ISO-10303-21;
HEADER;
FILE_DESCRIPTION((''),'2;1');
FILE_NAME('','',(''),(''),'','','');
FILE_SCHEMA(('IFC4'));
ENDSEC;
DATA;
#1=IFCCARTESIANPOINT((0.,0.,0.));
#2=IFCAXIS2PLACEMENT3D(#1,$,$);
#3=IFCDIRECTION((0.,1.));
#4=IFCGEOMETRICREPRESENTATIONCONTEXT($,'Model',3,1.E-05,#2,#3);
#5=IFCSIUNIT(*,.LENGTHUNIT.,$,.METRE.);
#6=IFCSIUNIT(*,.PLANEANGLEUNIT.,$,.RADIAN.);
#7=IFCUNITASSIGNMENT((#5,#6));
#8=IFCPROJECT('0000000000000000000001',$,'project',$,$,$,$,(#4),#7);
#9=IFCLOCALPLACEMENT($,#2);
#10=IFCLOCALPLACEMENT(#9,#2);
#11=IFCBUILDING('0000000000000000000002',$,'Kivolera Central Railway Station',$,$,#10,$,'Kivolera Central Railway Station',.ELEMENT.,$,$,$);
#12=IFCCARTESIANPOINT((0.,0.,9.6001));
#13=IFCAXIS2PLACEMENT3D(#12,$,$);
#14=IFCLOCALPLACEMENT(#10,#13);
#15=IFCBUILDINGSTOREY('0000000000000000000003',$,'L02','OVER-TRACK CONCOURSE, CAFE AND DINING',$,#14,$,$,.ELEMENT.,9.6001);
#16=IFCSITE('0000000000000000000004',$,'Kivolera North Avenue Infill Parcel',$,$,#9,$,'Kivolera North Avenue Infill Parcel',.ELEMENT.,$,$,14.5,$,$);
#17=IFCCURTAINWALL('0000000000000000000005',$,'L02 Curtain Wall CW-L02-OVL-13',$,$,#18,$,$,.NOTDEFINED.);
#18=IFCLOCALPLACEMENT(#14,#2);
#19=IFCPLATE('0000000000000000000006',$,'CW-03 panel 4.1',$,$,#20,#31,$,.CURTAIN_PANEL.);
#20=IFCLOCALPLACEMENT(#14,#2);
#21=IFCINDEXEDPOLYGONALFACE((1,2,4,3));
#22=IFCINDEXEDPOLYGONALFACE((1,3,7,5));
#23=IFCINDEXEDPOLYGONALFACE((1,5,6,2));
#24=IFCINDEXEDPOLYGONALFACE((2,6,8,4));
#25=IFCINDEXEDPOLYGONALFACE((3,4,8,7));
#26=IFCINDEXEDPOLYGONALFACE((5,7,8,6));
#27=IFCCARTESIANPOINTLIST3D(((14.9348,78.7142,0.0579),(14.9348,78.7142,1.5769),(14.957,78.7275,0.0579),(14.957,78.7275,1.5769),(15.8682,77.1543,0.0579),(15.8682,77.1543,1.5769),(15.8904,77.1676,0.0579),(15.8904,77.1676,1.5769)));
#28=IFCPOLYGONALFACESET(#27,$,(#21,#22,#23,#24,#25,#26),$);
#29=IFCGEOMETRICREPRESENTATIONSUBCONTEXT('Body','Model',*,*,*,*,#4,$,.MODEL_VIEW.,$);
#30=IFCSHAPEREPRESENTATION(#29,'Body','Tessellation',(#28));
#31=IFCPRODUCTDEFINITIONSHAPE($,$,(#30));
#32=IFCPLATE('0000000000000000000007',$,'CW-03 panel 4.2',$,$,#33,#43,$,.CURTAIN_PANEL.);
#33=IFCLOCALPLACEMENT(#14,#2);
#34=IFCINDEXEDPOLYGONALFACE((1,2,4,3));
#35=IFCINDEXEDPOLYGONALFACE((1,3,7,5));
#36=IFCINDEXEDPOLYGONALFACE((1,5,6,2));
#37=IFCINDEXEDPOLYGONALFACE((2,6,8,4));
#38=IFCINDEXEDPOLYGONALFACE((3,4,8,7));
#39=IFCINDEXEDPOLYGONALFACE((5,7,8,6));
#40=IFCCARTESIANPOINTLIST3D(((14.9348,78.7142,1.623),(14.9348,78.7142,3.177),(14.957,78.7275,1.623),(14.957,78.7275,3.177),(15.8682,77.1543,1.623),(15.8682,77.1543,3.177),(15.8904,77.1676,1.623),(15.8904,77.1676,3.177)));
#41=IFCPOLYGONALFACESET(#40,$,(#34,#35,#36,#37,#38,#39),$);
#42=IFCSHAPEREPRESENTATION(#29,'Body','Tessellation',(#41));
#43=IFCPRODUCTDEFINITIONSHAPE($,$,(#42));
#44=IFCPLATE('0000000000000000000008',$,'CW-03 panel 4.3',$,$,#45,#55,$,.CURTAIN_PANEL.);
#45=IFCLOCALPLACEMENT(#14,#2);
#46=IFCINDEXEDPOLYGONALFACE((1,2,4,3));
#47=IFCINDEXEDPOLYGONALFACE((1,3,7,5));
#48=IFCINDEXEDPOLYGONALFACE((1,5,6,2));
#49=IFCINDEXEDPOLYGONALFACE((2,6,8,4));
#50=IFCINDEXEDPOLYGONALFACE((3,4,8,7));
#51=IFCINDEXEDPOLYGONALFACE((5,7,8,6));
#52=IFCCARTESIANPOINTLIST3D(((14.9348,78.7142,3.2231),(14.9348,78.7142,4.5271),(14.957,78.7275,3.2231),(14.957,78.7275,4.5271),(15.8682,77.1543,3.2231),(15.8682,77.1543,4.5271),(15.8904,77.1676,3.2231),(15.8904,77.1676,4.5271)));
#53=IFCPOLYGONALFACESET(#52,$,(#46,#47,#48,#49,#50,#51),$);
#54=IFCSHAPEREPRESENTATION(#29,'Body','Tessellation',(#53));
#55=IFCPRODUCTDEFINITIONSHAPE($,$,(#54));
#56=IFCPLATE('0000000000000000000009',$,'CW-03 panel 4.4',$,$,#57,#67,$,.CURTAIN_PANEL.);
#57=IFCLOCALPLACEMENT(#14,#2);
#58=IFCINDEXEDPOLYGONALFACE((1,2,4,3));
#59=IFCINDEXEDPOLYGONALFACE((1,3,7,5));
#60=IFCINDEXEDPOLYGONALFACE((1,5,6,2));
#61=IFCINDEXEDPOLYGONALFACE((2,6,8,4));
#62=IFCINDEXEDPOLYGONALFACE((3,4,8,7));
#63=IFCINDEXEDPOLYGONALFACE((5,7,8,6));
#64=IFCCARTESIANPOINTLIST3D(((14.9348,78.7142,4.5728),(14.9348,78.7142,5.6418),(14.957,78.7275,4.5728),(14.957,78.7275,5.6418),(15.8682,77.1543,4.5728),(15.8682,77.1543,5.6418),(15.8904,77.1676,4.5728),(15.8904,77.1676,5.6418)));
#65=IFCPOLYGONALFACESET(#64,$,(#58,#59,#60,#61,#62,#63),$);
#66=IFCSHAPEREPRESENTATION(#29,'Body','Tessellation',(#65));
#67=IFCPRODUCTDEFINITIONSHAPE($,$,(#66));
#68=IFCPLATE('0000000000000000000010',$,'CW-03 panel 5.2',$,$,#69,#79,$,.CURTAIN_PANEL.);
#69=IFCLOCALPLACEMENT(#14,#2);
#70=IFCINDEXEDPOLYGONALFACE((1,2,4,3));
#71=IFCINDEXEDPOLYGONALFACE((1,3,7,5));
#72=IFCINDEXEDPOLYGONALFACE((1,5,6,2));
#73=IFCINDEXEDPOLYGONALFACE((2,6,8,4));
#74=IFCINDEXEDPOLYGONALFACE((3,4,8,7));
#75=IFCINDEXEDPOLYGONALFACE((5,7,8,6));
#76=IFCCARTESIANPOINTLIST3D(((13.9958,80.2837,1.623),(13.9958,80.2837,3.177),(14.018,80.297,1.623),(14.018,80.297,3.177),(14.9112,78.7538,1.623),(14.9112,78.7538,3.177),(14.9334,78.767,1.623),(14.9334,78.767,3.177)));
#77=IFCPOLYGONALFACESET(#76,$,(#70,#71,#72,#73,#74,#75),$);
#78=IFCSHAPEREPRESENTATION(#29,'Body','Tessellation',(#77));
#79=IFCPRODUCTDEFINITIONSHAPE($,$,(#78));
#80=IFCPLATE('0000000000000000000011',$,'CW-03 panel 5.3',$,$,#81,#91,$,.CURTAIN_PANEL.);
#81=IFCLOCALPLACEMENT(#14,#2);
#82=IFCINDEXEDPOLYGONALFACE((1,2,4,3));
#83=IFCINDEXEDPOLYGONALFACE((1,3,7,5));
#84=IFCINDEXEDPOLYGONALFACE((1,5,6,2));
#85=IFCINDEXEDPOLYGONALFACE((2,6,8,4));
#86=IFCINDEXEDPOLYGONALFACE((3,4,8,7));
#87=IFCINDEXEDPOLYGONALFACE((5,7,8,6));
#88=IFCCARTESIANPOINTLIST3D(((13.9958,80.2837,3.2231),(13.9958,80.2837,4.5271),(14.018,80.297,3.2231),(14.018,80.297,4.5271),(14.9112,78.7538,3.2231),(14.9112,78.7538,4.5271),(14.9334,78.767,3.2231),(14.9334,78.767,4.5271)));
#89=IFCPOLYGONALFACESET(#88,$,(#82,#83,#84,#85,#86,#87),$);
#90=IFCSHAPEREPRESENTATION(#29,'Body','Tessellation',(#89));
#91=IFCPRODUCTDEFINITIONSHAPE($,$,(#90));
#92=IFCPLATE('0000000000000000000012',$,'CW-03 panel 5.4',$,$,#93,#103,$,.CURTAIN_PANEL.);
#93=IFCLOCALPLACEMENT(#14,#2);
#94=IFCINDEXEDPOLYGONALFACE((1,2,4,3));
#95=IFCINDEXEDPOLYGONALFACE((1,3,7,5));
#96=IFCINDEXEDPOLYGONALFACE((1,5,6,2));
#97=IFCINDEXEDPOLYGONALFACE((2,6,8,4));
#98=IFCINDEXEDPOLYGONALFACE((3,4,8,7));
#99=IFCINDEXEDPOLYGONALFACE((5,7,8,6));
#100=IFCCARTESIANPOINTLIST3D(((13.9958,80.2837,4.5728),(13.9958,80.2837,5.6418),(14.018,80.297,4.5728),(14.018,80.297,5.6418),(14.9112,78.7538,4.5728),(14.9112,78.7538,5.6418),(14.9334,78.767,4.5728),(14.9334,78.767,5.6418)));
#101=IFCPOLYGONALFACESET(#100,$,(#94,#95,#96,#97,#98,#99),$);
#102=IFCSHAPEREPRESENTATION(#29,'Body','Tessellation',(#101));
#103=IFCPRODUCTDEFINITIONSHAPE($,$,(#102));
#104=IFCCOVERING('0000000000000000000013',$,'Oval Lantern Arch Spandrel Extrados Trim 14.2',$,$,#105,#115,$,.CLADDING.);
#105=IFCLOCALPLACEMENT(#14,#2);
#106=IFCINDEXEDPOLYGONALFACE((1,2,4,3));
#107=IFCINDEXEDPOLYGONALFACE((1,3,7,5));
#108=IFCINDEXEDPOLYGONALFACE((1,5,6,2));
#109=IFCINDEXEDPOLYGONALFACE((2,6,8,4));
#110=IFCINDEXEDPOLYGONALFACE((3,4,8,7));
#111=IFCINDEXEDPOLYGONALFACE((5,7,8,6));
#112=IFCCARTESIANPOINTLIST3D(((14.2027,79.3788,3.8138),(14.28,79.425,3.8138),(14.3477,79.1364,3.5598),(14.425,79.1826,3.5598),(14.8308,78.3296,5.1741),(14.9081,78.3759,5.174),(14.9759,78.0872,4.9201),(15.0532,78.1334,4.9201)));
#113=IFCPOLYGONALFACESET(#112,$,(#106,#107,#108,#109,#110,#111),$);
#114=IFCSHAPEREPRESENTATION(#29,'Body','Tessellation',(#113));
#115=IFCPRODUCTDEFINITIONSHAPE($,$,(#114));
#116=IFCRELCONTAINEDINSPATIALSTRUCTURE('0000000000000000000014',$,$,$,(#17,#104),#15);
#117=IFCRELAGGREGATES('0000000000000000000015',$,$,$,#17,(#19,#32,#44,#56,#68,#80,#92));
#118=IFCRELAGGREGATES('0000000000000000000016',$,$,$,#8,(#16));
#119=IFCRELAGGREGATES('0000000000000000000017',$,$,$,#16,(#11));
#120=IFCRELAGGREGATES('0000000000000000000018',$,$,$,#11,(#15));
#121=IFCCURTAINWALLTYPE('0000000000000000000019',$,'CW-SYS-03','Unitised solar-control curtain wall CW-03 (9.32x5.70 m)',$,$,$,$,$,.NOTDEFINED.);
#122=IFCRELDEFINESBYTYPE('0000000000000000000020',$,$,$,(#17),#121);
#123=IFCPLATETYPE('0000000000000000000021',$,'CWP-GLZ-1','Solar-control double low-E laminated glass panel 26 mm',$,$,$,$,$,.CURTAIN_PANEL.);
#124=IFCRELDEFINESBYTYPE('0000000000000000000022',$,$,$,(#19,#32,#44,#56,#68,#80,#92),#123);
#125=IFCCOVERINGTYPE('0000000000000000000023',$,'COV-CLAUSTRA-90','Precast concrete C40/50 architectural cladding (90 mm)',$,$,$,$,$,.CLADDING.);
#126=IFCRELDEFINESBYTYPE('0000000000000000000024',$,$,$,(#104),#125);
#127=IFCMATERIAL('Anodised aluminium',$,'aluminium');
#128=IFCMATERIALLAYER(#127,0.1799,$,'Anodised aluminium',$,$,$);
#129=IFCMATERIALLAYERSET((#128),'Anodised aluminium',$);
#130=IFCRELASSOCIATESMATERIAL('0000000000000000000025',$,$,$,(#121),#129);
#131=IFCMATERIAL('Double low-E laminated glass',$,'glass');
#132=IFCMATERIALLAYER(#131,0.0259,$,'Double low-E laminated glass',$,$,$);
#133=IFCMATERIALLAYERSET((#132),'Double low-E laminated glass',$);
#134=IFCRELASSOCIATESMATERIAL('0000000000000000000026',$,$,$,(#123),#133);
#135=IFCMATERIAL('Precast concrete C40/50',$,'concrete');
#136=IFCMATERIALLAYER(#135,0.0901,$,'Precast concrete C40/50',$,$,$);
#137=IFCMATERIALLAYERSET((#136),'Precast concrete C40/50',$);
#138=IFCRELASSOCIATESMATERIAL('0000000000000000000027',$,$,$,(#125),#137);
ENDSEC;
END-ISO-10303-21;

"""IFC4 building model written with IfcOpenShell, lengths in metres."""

from ifc_helpers import new_model, si_unit, direction, frame, origin, origin_2d, place, context, subcontext, project, spatial, rectangle, extrude, material, layer, layer_set, type_object, element, aggregate, save


model = new_model("IFC4")

# Units and contexts
model_context = context("Model", 3, precision=1e-05, world=origin(), true_north=direction((0.0, 1.0)))
body_context = subcontext(model_context, "Body", "Model", "MODEL_VIEW")
ifc_project = project(units=[si_unit("LENGTHUNIT", "METRE"), si_unit("PLANEANGLEUNIT", "RADIAN")], contexts=[model_context])

# Site, building, storey
site_placement = place(None, origin())
site = spatial("IfcSite", under=ifc_project, at=site_placement, Name="Kivolera North Avenue Infill Parcel", LongName="Kivolera North Avenue Infill Parcel", CompositionType="ELEMENT", RefElevation=14.5)
building_placement = place(site_placement, origin())
building = spatial("IfcBuilding", under=site, at=building_placement, Name="Kivolera Central Railway Station", LongName="Kivolera Central Railway Station", CompositionType="ELEMENT")
storey_placement = place(building_placement, frame((0.0, 0.0, 9.6001)))
storey = spatial("IfcBuildingStorey", under=building, at=storey_placement, Name="L02", Description="OVER-TRACK CONCOURSE, CAFE AND DINING", CompositionType="ELEMENT", Elevation=9.6001)

# Curtain wall, plates
ifc_material_1 = material(Name="Anodised aluminium", Category="aluminium")
ifc_layer_1 = layer(ifc_material_1, 0.1799, Name="Anodised aluminium")
ifc_layer_set_1 = layer_set([ifc_layer_1], Name="Anodised aluminium")
curtain_wall_type = type_object("IfcCurtainWallType", Name="CW-SYS-03", Description="Unitised solar-control curtain wall CW-03 (9.32x5.70 m)", PredefinedType="NOTDEFINED", material=ifc_layer_set_1)
curtain_wall_placement = place(storey_placement, origin())
curtain_wall = element("IfcCurtainWall", 1, at=curtain_wall_placement, inside=storey, type_object=curtain_wall_type, Name="L02 Curtain Wall CW-L02-OVL-13", PredefinedType="NOTDEFINED")
ifc_material_2 = material(Name="Double low-E laminated glass", Category="glass")
ifc_layer_2 = layer(ifc_material_2, 0.0259, Name="Double low-E laminated glass")
ifc_layer_set_2 = layer_set([ifc_layer_2], Name="Double low-E laminated glass")
plate_type = type_object("IfcPlateType", Name="CWP-GLZ-1", Description="Solar-control double low-E laminated glass panel 26 mm", PredefinedType="CURTAIN_PANEL", material=ifc_layer_set_2)
plate_1_placement = place(storey_placement, frame((15.4126, 77.9409, 0.0579), z_axis=(0.0, 0.0, 1.0), x_axis=(-0.513454, 0.858117, 0.0)))
plate_1 = element("IfcPlate", 2, at=plate_1_placement, type_object=plate_type, Name="CW-03 panel 4.1", PredefinedType="CURTAIN_PANEL", context=body_context, shape_type="SweptSolid", body=[
    extrude(rectangle(XDim=1.8179, YDim=0.0259, at=origin_2d()), origin(), (0.0, 0.0, 1.0), 1.519),
])
plate_2_placement = place(storey_placement, frame((15.4126, 77.9409, 1.623), z_axis=(0.0, 0.0, 1.0), x_axis=(-0.513454, 0.858117, 0.0)))
plate_2 = element("IfcPlate", 3, at=plate_2_placement, type_object=plate_type, Name="CW-03 panel 4.2", PredefinedType="CURTAIN_PANEL", context=body_context, shape_type="SweptSolid", body=[
    extrude(rectangle(XDim=1.8179, YDim=0.0259, at=origin_2d()), origin(), (0.0, 0.0, 1.0), 1.554),
])
plate_3_placement = place(storey_placement, frame((15.4126, 77.9409, 3.2231), z_axis=(0.0, 0.0, 1.0), x_axis=(-0.513454, 0.858117, 0.0)))
plate_3 = element("IfcPlate", 4, at=plate_3_placement, type_object=plate_type, Name="CW-03 panel 4.3", PredefinedType="CURTAIN_PANEL", context=body_context, shape_type="SweptSolid", body=[
    extrude(rectangle(XDim=1.8179, YDim=0.0259, at=origin_2d()), origin(), (0.0, 0.0, 1.0), 1.304),
])
plate_4_placement = place(storey_placement, frame((15.4126, 77.9409, 4.5728), z_axis=(0.0, 0.0, 1.0), x_axis=(-0.513454, 0.858117, 0.0)))
plate_4 = element("IfcPlate", 5, at=plate_4_placement, type_object=plate_type, Name="CW-03 panel 4.4", PredefinedType="CURTAIN_PANEL", context=body_context, shape_type="SweptSolid", body=[
    extrude(rectangle(XDim=1.8179, YDim=0.0259, at=origin_2d()), origin(), (0.0, 0.0, 1.0), 1.0691),
])
plate_5_placement = place(storey_placement, frame((14.4646, 79.5254, 1.623), z_axis=(0.0, 0.0, 1.0), x_axis=(-0.513454, 0.858117, 0.0)))
plate_5 = element("IfcPlate", 6, at=plate_5_placement, type_object=plate_type, Name="CW-03 panel 5.2", PredefinedType="CURTAIN_PANEL", context=body_context, shape_type="SweptSolid", body=[
    extrude(rectangle(XDim=1.783, YDim=0.0259, at=origin_2d()), origin(), (0.0, 0.0, 1.0), 1.554),
])
plate_6_placement = place(storey_placement, frame((14.4646, 79.5254, 3.2231), z_axis=(0.0, 0.0, 1.0), x_axis=(-0.513454, 0.858117, 0.0)))
plate_6 = element("IfcPlate", 7, at=plate_6_placement, type_object=plate_type, Name="CW-03 panel 5.3", PredefinedType="CURTAIN_PANEL", context=body_context, shape_type="SweptSolid", body=[
    extrude(rectangle(XDim=1.783, YDim=0.0259, at=origin_2d()), origin(), (0.0, 0.0, 1.0), 1.304),
])
plate_7_placement = place(storey_placement, frame((14.4646, 79.5254, 4.5728), z_axis=(0.0, 0.0, 1.0), x_axis=(-0.513454, 0.858117, 0.0)))
plate_7 = element("IfcPlate", 8, at=plate_7_placement, type_object=plate_type, Name="CW-03 panel 5.4", PredefinedType="CURTAIN_PANEL", context=body_context, shape_type="SweptSolid", body=[
    extrude(rectangle(XDim=1.783, YDim=0.0259, at=origin_2d()), origin(), (0.0, 0.0, 1.0), 1.0691),
])
aggregate(curtain_wall, [plate_1, plate_2, plate_3, plate_4, plate_5, plate_6, plate_7])

# Covering
ifc_material_3 = material(Name="Precast concrete C40/50", Category="concrete")
ifc_layer_3 = layer(ifc_material_3, 0.0901, Name="Precast concrete C40/50")
ifc_layer_set_3 = layer_set([ifc_layer_3], Name="Precast concrete C40/50")
covering_type = type_object("IfcCoveringType", Name="COV-CLAUSTRA-90", Description="Precast concrete C40/50 architectural cladding (90 mm)", PredefinedType="CLADDING", material=ifc_layer_set_3)
covering_placement = place(storey_placement, frame((14.6279, 78.7561, 4.3669), z_axis=(0.343401, -0.573611, 0.743671), x_axis=(-0.858138, -0.51342, 0.0)))
element("IfcCovering", 9, at=covering_placement, inside=storey, type_object=covering_type, Name="Oval Lantern Arch Spandrel Extrados Trim 14.2", PredefinedType="CLADDING", context=body_context, shape_type="SweptSolid", body=[
    extrude(rectangle(XDim=0.0901, YDim=0.3799, at=origin_2d()), frame((0.0, 0.0, -0.9146)), (0.0, 0.0, 1.0), 1.8291),
])

save(model, "model.ifc")
